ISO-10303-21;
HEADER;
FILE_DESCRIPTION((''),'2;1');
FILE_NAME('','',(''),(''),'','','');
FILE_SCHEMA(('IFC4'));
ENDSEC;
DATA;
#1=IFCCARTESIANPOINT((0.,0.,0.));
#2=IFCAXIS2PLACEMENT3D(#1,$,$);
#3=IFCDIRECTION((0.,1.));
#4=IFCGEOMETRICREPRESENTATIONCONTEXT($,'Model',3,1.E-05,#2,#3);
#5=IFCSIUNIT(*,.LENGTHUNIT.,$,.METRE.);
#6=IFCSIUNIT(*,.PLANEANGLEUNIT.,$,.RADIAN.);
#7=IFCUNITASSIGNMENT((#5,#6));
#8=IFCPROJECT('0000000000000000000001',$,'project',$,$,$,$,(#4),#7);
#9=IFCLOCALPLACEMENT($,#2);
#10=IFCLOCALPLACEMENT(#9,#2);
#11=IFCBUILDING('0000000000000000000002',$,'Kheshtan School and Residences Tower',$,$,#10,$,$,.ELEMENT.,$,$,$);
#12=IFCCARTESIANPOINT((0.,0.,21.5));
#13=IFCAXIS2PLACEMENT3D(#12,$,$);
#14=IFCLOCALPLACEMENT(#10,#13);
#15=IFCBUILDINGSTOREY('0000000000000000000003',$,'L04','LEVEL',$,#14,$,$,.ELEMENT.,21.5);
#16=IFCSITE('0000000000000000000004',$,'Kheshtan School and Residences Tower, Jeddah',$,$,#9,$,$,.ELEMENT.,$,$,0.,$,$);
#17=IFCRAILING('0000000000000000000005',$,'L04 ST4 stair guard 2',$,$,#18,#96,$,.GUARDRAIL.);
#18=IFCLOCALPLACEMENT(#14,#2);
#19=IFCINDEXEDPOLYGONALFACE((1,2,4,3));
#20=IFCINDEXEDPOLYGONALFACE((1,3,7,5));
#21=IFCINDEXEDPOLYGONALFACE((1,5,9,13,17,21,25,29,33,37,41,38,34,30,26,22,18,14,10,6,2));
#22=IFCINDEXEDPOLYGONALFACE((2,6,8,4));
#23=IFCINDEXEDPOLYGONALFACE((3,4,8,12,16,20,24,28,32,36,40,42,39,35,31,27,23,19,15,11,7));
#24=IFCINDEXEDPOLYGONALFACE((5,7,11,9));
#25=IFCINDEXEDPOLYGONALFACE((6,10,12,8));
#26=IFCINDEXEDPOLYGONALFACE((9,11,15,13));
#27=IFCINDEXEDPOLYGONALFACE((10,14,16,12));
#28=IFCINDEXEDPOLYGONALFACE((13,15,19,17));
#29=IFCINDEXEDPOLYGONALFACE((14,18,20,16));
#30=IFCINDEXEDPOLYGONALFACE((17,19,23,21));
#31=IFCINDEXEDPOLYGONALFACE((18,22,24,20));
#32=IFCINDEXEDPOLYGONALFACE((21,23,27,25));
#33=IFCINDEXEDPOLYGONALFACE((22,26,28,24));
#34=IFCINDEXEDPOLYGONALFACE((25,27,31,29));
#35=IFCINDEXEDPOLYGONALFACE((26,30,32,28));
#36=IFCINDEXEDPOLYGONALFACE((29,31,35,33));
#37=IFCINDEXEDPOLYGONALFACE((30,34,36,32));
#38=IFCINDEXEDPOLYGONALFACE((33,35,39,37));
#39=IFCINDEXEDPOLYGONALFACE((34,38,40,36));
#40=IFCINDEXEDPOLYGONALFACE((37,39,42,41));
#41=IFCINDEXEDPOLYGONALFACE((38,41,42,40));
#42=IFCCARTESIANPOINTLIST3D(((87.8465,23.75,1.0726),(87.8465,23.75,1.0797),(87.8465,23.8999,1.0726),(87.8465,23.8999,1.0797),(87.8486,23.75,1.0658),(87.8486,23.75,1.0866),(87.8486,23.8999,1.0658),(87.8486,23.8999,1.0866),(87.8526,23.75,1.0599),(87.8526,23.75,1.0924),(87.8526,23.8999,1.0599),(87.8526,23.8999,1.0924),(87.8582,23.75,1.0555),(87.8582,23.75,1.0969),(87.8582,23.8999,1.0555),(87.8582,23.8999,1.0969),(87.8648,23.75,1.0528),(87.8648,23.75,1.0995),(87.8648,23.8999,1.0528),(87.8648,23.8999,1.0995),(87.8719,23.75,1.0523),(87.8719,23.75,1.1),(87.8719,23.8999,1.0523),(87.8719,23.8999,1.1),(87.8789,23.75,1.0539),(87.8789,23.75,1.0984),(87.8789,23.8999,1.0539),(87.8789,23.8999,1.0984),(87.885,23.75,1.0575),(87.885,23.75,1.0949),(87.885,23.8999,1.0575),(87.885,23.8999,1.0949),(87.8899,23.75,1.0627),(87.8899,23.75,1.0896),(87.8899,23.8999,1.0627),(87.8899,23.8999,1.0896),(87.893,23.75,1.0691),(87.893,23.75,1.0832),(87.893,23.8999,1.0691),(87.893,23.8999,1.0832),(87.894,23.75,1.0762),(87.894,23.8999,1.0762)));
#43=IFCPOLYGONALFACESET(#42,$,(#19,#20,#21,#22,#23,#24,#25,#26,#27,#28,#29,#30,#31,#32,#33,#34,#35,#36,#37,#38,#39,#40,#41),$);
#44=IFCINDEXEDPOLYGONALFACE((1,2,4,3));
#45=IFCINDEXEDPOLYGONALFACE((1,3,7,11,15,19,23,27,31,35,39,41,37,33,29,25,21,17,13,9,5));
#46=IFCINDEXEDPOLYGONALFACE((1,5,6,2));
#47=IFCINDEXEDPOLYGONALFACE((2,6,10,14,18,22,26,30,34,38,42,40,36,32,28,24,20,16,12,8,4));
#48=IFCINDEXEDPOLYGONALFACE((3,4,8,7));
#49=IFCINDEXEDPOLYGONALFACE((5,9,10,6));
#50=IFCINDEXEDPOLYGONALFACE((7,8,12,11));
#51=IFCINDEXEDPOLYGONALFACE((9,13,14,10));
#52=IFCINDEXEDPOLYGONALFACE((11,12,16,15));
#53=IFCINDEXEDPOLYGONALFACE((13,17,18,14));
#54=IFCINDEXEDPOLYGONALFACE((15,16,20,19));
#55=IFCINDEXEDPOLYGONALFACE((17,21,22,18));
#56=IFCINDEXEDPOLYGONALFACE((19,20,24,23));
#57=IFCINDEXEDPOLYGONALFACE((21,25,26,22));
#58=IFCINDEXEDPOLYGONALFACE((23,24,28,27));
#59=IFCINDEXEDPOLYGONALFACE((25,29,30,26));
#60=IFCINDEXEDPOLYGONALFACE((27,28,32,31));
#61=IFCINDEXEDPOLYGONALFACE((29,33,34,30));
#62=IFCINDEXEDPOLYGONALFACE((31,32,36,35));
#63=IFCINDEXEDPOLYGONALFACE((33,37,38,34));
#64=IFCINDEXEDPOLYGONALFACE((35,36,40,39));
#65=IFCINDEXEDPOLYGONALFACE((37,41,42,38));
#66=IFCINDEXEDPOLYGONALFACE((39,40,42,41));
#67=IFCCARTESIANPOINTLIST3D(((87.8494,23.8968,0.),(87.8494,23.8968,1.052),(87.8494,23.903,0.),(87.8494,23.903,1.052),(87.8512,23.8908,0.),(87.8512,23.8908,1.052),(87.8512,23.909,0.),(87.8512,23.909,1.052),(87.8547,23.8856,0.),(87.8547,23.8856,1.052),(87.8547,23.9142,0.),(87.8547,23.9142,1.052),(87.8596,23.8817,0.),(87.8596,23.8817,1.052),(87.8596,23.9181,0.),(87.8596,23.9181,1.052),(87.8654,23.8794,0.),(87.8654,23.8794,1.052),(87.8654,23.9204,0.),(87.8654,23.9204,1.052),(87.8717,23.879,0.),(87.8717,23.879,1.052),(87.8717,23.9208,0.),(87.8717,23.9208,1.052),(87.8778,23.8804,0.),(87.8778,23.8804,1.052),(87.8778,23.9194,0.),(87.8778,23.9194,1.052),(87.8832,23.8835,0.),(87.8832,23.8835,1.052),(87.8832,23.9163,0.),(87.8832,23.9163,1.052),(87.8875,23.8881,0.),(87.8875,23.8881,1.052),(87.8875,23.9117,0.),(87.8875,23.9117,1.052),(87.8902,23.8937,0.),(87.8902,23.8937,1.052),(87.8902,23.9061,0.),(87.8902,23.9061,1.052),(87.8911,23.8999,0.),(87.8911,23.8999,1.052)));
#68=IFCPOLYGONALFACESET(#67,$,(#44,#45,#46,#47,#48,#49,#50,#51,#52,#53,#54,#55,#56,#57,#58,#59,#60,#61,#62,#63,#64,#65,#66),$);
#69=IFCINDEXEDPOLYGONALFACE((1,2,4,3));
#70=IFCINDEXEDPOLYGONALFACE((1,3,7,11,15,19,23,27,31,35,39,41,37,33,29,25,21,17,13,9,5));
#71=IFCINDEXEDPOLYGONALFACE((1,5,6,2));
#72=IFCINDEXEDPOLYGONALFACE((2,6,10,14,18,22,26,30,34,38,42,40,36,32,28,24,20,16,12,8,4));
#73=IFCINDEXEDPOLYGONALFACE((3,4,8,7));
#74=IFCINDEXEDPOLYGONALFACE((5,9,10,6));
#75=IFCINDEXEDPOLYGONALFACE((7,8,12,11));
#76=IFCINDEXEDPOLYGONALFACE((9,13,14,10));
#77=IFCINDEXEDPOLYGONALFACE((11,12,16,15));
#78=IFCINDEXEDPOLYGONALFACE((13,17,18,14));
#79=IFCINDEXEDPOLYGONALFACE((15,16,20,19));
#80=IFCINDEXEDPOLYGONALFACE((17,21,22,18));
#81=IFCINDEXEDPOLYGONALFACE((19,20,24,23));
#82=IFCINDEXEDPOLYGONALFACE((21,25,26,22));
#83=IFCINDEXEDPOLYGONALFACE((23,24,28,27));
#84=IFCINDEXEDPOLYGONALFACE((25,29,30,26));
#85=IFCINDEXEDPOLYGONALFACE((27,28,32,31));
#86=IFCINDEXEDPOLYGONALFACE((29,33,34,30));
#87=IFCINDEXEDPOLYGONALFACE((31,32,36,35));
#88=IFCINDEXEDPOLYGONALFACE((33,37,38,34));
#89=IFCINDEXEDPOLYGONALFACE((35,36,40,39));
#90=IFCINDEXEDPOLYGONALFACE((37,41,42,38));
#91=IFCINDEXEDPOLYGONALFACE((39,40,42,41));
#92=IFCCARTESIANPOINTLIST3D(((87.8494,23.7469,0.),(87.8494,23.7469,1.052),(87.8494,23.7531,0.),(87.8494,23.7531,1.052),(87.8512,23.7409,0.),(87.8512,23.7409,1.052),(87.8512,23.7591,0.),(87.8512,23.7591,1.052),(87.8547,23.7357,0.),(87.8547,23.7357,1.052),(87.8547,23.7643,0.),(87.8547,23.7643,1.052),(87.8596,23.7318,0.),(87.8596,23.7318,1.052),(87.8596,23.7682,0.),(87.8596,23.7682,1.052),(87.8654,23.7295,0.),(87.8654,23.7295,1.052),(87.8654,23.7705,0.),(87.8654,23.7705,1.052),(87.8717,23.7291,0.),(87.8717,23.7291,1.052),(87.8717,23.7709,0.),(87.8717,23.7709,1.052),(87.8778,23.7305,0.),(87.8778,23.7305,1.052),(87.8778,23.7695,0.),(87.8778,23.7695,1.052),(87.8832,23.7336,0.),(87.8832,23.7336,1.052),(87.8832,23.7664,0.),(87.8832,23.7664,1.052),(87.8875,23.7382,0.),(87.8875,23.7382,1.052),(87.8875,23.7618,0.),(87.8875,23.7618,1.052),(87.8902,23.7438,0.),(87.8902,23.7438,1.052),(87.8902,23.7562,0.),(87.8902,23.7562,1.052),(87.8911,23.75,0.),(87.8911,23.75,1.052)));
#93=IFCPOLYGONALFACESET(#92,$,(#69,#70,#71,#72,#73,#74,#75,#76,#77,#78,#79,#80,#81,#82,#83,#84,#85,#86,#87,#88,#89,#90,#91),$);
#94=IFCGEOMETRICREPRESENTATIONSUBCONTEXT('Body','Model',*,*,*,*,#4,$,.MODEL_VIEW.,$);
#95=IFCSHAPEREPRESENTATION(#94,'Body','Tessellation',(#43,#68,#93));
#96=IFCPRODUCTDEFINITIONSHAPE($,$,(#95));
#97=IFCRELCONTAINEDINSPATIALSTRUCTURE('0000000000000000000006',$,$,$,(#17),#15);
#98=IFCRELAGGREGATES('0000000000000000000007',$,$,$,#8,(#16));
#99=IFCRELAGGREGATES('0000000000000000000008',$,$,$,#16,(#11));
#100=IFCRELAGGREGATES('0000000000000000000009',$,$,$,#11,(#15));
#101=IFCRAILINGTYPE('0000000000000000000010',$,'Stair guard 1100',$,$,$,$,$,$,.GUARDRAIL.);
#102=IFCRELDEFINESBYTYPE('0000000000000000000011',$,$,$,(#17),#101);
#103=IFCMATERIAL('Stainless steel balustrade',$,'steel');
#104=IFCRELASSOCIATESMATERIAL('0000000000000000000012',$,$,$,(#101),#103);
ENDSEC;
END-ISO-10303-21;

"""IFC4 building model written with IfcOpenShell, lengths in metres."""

from ifc_helpers import new_model, si_unit, direction, frame, origin, origin_2d, place, context, subcontext, project, spatial, circle, extrude, material, type_object, element, save


model = new_model("IFC4")

# Units and contexts
model_context = context("Model", 3, precision=1e-05, world=origin(), true_north=direction((0.0, 1.0)))
body_context = subcontext(model_context, "Body", "Model", "MODEL_VIEW")
ifc_project = project(units=[si_unit("LENGTHUNIT", "METRE"), si_unit("PLANEANGLEUNIT", "RADIAN")], contexts=[model_context])

# Site, building, storey
site_placement = place(None, origin())
site = spatial("IfcSite", under=ifc_project, at=site_placement, Name="Kheshtan School and Residences Tower, Jeddah", CompositionType="ELEMENT", RefElevation=0.0)
building_placement = place(site_placement, origin())
building = spatial("IfcBuilding", under=site, at=building_placement, Name="Kheshtan School and Residences Tower", CompositionType="ELEMENT")
storey_placement = place(building_placement, frame((0.0, 0.0, 21.5)))
storey = spatial("IfcBuildingStorey", under=building, at=storey_placement, Name="L04", Description="LEVEL", CompositionType="ELEMENT", Elevation=21.5)

# Railing
ifc_material_1 = material(Name="Stainless steel balustrade", Category="steel")
railing_type_1 = type_object("IfcRailingType", Name="Stair guard 1100", PredefinedType="GUARDRAIL", material=ifc_material_1)
railing_1_placement = place(storey_placement, frame((87.8701, 23.8999, 0.0)))
element("IfcRailing", 1, at=railing_1_placement, inside=storey, type_object=railing_type_1, Name="L04 ST4 stair guard 2", PredefinedType="GUARDRAIL", context=body_context, shape_type="SweptSolid", body=[
    extrude(circle(Radius=0.0239, at=origin_2d()), frame((0.0, 0.0, 1.0762), z_axis=(0.0, -1.0, 0.0), x_axis=(1.0, 0.0, 0.0)), (0.0, 0.0, 1.0), 0.1499),
    extrude(circle(Radius=0.021, at=origin_2d()), origin(), (0.0, 0.0, 1.0), 1.052),
    extrude(circle(Radius=0.021, at=origin_2d()), frame((0.0, -0.1499, 0.0)), (0.0, 0.0, 1.0), 1.052),
])

save(model, "model.ifc")
